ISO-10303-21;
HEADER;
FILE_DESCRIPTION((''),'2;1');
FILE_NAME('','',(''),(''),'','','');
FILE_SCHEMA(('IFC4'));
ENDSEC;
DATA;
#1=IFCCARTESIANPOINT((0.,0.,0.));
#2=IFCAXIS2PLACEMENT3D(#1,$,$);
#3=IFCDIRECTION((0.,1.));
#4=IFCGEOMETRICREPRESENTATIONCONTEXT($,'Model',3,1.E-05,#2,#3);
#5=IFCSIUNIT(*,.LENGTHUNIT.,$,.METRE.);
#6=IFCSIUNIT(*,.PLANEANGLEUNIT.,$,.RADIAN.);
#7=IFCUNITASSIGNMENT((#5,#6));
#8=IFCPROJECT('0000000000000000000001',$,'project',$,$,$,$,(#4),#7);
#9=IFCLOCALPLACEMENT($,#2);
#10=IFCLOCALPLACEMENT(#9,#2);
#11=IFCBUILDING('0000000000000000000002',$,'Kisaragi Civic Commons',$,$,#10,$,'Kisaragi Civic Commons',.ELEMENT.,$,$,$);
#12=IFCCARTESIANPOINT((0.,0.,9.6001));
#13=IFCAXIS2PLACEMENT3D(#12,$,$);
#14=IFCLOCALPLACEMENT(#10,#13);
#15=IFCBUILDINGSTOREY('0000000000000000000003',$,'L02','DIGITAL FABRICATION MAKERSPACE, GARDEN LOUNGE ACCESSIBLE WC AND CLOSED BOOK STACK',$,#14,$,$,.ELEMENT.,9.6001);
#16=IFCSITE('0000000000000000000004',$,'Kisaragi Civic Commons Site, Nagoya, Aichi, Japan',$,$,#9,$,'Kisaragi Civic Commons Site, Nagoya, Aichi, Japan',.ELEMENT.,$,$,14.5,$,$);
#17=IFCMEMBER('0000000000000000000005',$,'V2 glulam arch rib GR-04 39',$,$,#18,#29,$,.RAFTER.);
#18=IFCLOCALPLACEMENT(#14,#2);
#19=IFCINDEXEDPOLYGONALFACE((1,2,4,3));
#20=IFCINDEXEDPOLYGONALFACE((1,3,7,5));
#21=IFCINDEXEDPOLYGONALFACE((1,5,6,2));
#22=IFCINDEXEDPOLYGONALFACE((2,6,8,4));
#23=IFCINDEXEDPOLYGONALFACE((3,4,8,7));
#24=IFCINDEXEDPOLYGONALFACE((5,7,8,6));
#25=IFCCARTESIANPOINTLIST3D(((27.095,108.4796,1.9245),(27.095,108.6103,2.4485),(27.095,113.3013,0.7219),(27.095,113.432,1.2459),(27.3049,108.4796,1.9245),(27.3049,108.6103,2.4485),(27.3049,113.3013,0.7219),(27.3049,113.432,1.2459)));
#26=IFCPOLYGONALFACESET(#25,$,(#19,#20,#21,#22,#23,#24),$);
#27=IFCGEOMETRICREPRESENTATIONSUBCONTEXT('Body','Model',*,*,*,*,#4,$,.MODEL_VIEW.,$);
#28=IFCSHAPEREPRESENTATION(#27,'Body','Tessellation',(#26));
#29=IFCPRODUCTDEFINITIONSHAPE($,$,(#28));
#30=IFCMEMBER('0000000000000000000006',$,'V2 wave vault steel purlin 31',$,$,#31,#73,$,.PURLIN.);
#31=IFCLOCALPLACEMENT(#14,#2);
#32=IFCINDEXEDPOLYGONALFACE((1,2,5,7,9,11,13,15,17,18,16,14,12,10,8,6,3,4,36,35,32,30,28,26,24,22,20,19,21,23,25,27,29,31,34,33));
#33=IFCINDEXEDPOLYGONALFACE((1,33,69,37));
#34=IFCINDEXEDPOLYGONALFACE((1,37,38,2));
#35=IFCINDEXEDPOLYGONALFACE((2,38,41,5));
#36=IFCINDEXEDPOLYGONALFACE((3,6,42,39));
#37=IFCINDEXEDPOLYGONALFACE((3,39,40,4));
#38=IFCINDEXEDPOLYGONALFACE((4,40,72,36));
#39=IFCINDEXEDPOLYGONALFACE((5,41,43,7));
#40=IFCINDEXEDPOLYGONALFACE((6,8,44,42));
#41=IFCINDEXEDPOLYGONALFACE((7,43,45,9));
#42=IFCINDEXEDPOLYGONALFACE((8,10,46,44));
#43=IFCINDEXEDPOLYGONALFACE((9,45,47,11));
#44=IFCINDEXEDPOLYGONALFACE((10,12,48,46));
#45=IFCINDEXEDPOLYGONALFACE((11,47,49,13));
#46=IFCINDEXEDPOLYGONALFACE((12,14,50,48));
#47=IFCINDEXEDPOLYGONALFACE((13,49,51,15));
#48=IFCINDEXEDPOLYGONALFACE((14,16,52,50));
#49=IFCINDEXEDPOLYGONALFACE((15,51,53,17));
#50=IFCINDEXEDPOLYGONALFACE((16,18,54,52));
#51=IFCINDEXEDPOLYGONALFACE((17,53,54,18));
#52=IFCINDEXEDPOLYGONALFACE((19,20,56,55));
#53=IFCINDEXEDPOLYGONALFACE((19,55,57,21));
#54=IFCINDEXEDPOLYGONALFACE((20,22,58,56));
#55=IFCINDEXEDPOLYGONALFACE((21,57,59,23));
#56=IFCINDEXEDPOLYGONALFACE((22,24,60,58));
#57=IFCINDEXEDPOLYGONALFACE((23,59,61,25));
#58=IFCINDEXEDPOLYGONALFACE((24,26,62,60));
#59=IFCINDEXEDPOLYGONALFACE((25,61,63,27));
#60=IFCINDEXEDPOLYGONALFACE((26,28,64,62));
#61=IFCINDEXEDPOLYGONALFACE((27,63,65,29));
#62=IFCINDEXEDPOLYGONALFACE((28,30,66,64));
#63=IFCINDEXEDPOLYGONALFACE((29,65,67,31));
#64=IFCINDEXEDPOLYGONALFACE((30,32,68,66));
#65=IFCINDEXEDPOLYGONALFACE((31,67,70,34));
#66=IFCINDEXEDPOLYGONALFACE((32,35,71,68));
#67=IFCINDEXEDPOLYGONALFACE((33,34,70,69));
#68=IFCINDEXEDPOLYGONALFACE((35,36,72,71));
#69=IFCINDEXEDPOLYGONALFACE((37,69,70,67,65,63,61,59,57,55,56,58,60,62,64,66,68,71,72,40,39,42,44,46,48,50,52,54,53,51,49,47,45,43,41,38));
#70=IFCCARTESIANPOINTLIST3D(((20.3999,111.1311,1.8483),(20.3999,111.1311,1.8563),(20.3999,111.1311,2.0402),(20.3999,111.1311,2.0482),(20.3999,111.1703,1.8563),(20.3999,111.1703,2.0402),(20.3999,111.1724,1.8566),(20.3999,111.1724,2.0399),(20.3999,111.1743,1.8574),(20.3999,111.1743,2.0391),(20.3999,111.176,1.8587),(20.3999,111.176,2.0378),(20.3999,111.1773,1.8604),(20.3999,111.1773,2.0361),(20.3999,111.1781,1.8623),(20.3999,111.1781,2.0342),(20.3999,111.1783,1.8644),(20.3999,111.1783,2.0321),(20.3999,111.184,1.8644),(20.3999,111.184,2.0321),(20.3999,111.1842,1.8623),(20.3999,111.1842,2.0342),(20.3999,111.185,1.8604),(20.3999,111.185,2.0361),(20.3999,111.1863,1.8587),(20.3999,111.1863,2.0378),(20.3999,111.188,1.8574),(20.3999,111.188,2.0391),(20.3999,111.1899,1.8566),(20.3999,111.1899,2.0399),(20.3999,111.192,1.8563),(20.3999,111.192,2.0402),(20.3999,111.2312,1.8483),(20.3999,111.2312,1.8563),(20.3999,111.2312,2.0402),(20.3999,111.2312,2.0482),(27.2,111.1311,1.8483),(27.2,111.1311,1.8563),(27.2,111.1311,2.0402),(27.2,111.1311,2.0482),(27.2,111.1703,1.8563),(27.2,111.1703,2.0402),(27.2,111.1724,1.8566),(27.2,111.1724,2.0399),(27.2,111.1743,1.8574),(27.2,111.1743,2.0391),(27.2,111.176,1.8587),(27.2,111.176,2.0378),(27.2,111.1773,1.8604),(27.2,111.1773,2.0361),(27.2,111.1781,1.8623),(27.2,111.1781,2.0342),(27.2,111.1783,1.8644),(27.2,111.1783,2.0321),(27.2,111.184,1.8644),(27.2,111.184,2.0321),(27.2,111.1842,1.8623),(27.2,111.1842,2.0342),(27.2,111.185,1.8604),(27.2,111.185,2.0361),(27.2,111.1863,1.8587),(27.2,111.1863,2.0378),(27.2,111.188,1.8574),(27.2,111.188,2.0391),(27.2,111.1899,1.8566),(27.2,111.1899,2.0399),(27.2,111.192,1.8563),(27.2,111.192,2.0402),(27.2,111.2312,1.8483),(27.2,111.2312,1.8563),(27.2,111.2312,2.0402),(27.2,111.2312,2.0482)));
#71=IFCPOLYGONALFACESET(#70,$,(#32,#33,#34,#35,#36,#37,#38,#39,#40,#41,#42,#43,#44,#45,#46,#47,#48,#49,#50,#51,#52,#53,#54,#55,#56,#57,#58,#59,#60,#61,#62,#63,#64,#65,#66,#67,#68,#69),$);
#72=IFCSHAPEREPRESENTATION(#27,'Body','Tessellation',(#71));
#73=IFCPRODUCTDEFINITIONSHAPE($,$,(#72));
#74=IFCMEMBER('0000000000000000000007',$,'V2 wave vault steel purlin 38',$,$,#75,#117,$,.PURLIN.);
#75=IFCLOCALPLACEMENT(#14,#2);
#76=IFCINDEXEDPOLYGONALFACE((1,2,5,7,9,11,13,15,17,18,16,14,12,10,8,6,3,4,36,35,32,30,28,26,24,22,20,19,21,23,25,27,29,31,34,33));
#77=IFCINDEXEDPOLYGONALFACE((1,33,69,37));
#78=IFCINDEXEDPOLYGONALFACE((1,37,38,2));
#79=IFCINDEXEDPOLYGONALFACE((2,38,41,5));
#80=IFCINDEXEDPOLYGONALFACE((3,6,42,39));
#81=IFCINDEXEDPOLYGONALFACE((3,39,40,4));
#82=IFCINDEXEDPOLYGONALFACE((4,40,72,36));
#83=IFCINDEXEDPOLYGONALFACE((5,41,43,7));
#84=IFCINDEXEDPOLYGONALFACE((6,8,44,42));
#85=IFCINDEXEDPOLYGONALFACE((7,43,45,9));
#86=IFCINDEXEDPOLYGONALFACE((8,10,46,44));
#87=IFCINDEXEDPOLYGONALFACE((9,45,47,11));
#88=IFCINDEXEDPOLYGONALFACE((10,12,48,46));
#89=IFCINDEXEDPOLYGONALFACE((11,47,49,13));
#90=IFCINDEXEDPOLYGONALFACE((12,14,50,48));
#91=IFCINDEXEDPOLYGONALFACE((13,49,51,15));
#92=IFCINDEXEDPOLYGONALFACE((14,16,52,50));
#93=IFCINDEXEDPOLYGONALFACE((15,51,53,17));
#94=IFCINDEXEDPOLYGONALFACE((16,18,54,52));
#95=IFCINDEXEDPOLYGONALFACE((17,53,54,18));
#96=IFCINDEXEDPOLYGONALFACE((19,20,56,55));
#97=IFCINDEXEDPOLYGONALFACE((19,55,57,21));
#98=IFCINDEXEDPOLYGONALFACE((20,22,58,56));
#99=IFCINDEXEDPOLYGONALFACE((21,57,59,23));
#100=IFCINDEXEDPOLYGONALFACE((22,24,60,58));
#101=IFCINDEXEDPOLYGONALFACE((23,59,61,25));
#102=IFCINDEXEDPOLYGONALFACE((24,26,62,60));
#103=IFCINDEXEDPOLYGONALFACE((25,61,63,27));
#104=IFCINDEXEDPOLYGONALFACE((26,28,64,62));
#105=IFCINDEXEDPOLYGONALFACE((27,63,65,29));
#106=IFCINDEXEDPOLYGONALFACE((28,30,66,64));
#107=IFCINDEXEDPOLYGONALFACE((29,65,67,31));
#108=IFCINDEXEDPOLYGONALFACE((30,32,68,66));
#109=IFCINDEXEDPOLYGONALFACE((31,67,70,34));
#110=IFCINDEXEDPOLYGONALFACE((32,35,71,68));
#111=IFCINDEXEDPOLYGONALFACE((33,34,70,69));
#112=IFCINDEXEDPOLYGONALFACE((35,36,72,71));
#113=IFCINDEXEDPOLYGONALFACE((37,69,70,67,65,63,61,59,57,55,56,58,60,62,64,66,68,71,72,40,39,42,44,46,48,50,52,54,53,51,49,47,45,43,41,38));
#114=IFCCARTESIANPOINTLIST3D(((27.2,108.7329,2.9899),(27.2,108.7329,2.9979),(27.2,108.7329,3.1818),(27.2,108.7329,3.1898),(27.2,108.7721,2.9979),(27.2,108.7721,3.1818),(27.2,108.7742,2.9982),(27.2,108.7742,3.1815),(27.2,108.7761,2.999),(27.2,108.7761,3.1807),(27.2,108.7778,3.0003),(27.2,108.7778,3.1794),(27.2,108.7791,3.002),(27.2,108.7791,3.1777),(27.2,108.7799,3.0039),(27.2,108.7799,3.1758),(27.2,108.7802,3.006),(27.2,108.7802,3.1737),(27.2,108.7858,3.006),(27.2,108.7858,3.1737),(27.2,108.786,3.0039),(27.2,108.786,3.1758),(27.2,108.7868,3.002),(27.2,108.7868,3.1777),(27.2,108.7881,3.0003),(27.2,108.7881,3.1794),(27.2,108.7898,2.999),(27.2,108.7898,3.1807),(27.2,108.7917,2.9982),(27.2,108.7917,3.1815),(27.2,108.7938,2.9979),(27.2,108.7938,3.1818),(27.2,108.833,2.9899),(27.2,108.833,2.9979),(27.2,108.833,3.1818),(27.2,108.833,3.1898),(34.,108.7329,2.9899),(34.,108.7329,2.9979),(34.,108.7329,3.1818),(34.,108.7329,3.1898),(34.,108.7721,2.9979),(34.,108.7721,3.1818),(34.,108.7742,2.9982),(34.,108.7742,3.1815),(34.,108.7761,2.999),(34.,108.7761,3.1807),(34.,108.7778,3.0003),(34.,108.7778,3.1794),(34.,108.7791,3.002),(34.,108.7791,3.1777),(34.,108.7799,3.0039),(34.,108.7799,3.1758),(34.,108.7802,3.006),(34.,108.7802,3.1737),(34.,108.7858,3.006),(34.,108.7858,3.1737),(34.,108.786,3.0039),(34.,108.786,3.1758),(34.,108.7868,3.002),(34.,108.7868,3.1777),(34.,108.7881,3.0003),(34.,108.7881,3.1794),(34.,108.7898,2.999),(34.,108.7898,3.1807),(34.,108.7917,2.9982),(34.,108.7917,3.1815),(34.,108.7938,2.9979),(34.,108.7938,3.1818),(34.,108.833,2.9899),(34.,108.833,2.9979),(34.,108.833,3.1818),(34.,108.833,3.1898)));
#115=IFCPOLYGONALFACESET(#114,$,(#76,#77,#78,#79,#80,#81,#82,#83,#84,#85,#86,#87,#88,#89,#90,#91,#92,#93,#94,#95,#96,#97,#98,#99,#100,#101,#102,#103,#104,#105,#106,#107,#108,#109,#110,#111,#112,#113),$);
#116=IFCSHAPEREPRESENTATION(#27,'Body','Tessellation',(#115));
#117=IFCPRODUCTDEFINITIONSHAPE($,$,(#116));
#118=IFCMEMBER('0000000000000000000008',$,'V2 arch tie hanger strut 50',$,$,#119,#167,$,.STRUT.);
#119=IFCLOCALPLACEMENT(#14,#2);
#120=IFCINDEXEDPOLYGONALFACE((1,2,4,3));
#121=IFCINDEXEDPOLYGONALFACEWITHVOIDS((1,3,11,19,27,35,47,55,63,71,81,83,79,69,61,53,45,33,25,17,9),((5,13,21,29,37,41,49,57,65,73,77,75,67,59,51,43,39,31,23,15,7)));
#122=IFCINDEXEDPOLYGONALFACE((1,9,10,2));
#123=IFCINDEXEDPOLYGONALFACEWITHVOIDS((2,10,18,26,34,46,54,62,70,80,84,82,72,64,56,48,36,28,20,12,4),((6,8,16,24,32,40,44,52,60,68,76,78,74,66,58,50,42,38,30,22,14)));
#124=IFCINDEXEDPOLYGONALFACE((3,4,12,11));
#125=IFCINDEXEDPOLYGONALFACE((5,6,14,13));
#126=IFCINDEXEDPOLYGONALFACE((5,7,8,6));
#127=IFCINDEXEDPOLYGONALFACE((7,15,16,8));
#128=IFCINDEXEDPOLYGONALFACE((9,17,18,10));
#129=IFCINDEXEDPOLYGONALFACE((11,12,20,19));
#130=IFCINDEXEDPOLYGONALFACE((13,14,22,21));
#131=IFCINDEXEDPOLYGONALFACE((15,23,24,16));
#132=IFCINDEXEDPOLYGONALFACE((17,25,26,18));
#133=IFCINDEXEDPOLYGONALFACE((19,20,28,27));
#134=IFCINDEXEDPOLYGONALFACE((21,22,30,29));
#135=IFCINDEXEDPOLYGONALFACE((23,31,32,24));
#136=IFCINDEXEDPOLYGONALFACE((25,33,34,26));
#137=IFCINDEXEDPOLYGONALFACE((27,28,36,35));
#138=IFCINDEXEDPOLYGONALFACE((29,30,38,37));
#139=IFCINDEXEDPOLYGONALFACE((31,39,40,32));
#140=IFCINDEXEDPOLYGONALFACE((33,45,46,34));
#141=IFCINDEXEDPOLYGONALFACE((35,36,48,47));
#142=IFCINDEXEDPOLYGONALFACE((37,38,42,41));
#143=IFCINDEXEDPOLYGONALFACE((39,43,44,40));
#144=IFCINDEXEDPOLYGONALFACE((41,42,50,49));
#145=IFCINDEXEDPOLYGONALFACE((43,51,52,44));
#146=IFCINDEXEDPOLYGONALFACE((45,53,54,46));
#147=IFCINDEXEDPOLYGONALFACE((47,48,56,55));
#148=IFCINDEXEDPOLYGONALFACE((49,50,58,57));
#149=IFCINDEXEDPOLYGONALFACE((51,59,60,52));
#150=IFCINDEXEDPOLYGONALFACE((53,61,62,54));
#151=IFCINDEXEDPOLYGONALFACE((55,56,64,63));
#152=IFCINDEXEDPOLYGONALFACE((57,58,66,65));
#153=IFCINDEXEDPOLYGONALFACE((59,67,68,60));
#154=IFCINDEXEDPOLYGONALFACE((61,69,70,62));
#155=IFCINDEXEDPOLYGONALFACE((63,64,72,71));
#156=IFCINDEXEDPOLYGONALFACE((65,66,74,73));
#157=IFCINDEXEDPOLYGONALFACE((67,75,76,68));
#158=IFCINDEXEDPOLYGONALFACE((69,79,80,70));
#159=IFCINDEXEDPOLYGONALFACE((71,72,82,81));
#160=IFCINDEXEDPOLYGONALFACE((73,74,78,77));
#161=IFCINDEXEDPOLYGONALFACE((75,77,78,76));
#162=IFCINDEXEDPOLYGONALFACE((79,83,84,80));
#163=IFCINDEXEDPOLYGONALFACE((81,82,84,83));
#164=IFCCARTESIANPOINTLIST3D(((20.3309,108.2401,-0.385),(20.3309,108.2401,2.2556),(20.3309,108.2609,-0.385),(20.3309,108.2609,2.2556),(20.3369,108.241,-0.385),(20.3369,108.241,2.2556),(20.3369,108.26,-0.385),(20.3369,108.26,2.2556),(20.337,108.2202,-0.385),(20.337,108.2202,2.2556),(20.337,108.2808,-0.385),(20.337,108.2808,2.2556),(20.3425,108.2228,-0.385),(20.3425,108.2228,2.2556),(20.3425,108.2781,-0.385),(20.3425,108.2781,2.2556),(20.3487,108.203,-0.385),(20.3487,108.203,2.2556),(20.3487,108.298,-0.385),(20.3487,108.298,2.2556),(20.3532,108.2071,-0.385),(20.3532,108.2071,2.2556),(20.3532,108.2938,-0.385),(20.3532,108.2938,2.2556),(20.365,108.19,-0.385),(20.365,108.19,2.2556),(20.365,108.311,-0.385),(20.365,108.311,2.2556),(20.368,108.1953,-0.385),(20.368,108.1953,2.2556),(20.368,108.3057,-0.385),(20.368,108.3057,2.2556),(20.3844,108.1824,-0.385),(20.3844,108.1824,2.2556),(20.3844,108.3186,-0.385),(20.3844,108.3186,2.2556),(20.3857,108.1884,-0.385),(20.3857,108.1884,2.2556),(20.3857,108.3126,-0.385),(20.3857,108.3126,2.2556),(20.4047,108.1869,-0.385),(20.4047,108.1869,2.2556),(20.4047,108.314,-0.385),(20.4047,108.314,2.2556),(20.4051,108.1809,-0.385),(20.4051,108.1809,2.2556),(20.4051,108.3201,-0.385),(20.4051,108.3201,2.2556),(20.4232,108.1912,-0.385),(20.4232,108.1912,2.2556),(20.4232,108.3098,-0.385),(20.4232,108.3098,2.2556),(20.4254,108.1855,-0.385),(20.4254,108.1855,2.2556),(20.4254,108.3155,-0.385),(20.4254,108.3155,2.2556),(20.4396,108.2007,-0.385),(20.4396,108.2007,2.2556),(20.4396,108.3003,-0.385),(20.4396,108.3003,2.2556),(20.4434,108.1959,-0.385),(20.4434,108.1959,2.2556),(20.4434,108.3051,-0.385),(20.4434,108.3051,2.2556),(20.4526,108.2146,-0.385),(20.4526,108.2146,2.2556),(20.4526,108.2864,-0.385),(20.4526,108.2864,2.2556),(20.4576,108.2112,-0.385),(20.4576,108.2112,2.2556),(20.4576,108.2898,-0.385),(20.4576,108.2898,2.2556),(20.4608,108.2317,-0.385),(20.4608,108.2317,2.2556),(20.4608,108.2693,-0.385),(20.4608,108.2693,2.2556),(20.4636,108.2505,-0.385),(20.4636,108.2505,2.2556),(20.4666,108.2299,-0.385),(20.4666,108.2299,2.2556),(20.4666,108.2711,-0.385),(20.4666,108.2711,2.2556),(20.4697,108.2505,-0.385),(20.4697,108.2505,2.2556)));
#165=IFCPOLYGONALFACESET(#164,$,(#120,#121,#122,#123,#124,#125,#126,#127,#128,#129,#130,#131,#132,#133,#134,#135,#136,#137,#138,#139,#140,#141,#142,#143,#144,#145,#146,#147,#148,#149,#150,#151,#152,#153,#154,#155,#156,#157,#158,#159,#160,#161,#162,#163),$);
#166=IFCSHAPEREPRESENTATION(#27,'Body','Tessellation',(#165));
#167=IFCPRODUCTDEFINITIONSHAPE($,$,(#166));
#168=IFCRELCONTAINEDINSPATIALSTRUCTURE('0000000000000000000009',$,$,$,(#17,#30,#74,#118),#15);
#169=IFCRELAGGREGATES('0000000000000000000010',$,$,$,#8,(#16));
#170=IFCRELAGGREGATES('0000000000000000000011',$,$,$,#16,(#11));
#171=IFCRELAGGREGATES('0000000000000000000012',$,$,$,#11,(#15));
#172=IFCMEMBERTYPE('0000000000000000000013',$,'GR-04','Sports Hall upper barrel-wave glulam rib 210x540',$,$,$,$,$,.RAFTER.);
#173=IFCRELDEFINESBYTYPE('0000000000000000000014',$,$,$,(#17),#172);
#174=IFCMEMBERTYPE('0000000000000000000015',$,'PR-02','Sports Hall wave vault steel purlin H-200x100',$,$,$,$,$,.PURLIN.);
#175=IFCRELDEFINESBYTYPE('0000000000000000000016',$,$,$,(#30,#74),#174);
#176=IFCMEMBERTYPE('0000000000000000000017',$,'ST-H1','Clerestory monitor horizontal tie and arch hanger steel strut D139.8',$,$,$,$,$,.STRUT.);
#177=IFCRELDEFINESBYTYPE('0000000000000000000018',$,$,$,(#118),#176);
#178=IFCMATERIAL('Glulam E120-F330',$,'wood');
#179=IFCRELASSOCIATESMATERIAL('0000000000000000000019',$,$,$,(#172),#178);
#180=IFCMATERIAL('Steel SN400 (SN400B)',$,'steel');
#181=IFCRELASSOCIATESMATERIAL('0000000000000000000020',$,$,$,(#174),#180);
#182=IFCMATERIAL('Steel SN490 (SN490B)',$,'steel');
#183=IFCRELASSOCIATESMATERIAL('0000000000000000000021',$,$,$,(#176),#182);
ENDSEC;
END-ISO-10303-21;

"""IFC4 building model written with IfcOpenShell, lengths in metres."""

from ifc_helpers import new_model, si_unit, direction, frame, origin, origin_2d, place, context, subcontext, project, spatial, rectangle, hollow_circle, i_section, extrude, material, material_profile, profile_set, type_object, element, save


model = new_model("IFC4")

# Units and contexts
model_context = context("Model", 3, precision=1e-05, world=origin(), true_north=direction((0.0, 1.0)))
body_context = subcontext(model_context, "Body", "Model", "MODEL_VIEW")
ifc_project = project(units=[si_unit("LENGTHUNIT", "METRE"), si_unit("PLANEANGLEUNIT", "RADIAN")], contexts=[model_context])

# Site, building, storey
site_placement = place(None, origin())
site = spatial("IfcSite", under=ifc_project, at=site_placement, Name="Kisaragi Civic Commons Site, Nagoya, Aichi, Japan", LongName="Kisaragi Civic Commons Site, Nagoya, Aichi, Japan", CompositionType="ELEMENT", RefElevation=14.5)
building_placement = place(site_placement, origin())
building = spatial("IfcBuilding", under=site, at=building_placement, Name="Kisaragi Civic Commons", LongName="Kisaragi Civic Commons", CompositionType="ELEMENT")
storey_placement = place(building_placement, frame((0.0, 0.0, 9.6001)))
storey = spatial("IfcBuildingStorey", under=building, at=storey_placement, Name="L02", Description="DIGITAL FABRICATION MAKERSPACE, GARDEN LOUNGE ACCESSIBLE WC AND CLOSED BOOK STACK", CompositionType="ELEMENT", Elevation=9.6001)

# Shared definitions
ifc_material_1 = material(Name="Steel SN400 (SN400B)", Category="steel")

# Members
ifc_material_2 = material(Name="Steel SN490 (SN490B)", Category="steel")
ifc_material_3 = material(Name="Glulam E120-F330", Category="wood")
ifc_material_profile_1 = material_profile(ifc_material_3, rectangle(XDim=0.21, YDim=0.54, at=origin_2d()), Name="GL-210x540", Category="wood")
ifc_profile_set_1 = profile_set([ifc_material_profile_1], Name="Glulam E120-F330")
member_type_1 = type_object("IfcMemberType", Name="GR-04", Description="Sports Hall upper barrel-wave glulam rib 210x540", PredefinedType="RAFTER", material=ifc_profile_set_1)
member_1_placement = place(storey_placement, frame((27.2, 108.5449, 2.1865), z_axis=(0.0, 0.970275, -0.242004), x_axis=(-1.0, 0.0, 0.0)))
element("IfcMember", 1, at=member_1_placement, inside=storey, type_object=member_type_1, Name="V2 glulam arch rib GR-04 39", PredefinedType="RAFTER", context=body_context, shape_type="SweptSolid", body=[
    extrude(rectangle(XDim=0.21, YDim=0.54, at=origin_2d()), origin(), (0.0, 0.0, 1.0), 4.9695),
])
ifc_material_profile_2 = material_profile(ifc_material_1, i_section(OverallWidth=0.1001, OverallDepth=0.2, WebThickness=0.0056, FlangeThickness=0.0081, FilletRadius=0.0081, at=origin_2d()), Name="H-200x100x5.5x8", Category="steel")
ifc_profile_set_2 = profile_set([ifc_material_profile_2], Name="Steel SN400 (SN400B)")
member_type_2 = type_object("IfcMemberType", Name="PR-02", Description="Sports Hall wave vault steel purlin H-200x100", PredefinedType="PURLIN", material=ifc_profile_set_2)
for number, where, z_axis, x_axis, name in (
    (2, (20.3999, 111.1812, 1.9482), (1.0, 0.0, 0.0), (0.0, 1.0, 0.0), "V2 wave vault steel purlin 31"),
    (3, (27.2, 108.783, 3.0898), (1.0, 0.0, 0.0), (0.0, 1.0, 0.0), "V2 wave vault steel purlin 38"),
):
    element("IfcMember", number, at=place(storey_placement, frame(where, z_axis=z_axis, x_axis=x_axis)), inside=storey, type_object=member_type_2, Name=name, PredefinedType="PURLIN", context=body_context, shape_type="SweptSolid", body=[
        extrude(i_section(OverallWidth=0.1001, OverallDepth=0.2, WebThickness=0.0056, FlangeThickness=0.0081, FilletRadius=0.0081, at=origin_2d()), origin(), (0.0, 0.0, 1.0), 6.8),
    ])
ifc_material_profile_3 = material_profile(ifc_material_2, hollow_circle(Radius=0.0698, WallThickness=0.0061, at=origin_2d()), Name="CHS-139.8x6.0", Category="steel")
ifc_profile_set_3 = profile_set([ifc_material_profile_3], Name="Steel SN490 (SN490B)")
member_type_3 = type_object("IfcMemberType", Name="ST-H1", Description="Clerestory monitor horizontal tie and arch hanger steel strut D139.8", PredefinedType="STRUT", material=ifc_profile_set_3)
member_2_placement = place(storey_placement, frame((20.3999, 108.2505, -0.385), z_axis=(0.0, 0.0, 1.0), x_axis=(1.0, 0.0, 0.0)))
element("IfcMember", 4, at=member_2_placement, inside=storey, type_object=member_type_3, Name="V2 arch tie hanger strut 50", PredefinedType="STRUT", context=body_context, shape_type="SweptSolid", body=[
    extrude(hollow_circle(Radius=0.0698, WallThickness=0.0061, at=origin_2d()), origin(), (0.0, 0.0, 1.0), 2.6406),
])

save(model, "model.ifc")
